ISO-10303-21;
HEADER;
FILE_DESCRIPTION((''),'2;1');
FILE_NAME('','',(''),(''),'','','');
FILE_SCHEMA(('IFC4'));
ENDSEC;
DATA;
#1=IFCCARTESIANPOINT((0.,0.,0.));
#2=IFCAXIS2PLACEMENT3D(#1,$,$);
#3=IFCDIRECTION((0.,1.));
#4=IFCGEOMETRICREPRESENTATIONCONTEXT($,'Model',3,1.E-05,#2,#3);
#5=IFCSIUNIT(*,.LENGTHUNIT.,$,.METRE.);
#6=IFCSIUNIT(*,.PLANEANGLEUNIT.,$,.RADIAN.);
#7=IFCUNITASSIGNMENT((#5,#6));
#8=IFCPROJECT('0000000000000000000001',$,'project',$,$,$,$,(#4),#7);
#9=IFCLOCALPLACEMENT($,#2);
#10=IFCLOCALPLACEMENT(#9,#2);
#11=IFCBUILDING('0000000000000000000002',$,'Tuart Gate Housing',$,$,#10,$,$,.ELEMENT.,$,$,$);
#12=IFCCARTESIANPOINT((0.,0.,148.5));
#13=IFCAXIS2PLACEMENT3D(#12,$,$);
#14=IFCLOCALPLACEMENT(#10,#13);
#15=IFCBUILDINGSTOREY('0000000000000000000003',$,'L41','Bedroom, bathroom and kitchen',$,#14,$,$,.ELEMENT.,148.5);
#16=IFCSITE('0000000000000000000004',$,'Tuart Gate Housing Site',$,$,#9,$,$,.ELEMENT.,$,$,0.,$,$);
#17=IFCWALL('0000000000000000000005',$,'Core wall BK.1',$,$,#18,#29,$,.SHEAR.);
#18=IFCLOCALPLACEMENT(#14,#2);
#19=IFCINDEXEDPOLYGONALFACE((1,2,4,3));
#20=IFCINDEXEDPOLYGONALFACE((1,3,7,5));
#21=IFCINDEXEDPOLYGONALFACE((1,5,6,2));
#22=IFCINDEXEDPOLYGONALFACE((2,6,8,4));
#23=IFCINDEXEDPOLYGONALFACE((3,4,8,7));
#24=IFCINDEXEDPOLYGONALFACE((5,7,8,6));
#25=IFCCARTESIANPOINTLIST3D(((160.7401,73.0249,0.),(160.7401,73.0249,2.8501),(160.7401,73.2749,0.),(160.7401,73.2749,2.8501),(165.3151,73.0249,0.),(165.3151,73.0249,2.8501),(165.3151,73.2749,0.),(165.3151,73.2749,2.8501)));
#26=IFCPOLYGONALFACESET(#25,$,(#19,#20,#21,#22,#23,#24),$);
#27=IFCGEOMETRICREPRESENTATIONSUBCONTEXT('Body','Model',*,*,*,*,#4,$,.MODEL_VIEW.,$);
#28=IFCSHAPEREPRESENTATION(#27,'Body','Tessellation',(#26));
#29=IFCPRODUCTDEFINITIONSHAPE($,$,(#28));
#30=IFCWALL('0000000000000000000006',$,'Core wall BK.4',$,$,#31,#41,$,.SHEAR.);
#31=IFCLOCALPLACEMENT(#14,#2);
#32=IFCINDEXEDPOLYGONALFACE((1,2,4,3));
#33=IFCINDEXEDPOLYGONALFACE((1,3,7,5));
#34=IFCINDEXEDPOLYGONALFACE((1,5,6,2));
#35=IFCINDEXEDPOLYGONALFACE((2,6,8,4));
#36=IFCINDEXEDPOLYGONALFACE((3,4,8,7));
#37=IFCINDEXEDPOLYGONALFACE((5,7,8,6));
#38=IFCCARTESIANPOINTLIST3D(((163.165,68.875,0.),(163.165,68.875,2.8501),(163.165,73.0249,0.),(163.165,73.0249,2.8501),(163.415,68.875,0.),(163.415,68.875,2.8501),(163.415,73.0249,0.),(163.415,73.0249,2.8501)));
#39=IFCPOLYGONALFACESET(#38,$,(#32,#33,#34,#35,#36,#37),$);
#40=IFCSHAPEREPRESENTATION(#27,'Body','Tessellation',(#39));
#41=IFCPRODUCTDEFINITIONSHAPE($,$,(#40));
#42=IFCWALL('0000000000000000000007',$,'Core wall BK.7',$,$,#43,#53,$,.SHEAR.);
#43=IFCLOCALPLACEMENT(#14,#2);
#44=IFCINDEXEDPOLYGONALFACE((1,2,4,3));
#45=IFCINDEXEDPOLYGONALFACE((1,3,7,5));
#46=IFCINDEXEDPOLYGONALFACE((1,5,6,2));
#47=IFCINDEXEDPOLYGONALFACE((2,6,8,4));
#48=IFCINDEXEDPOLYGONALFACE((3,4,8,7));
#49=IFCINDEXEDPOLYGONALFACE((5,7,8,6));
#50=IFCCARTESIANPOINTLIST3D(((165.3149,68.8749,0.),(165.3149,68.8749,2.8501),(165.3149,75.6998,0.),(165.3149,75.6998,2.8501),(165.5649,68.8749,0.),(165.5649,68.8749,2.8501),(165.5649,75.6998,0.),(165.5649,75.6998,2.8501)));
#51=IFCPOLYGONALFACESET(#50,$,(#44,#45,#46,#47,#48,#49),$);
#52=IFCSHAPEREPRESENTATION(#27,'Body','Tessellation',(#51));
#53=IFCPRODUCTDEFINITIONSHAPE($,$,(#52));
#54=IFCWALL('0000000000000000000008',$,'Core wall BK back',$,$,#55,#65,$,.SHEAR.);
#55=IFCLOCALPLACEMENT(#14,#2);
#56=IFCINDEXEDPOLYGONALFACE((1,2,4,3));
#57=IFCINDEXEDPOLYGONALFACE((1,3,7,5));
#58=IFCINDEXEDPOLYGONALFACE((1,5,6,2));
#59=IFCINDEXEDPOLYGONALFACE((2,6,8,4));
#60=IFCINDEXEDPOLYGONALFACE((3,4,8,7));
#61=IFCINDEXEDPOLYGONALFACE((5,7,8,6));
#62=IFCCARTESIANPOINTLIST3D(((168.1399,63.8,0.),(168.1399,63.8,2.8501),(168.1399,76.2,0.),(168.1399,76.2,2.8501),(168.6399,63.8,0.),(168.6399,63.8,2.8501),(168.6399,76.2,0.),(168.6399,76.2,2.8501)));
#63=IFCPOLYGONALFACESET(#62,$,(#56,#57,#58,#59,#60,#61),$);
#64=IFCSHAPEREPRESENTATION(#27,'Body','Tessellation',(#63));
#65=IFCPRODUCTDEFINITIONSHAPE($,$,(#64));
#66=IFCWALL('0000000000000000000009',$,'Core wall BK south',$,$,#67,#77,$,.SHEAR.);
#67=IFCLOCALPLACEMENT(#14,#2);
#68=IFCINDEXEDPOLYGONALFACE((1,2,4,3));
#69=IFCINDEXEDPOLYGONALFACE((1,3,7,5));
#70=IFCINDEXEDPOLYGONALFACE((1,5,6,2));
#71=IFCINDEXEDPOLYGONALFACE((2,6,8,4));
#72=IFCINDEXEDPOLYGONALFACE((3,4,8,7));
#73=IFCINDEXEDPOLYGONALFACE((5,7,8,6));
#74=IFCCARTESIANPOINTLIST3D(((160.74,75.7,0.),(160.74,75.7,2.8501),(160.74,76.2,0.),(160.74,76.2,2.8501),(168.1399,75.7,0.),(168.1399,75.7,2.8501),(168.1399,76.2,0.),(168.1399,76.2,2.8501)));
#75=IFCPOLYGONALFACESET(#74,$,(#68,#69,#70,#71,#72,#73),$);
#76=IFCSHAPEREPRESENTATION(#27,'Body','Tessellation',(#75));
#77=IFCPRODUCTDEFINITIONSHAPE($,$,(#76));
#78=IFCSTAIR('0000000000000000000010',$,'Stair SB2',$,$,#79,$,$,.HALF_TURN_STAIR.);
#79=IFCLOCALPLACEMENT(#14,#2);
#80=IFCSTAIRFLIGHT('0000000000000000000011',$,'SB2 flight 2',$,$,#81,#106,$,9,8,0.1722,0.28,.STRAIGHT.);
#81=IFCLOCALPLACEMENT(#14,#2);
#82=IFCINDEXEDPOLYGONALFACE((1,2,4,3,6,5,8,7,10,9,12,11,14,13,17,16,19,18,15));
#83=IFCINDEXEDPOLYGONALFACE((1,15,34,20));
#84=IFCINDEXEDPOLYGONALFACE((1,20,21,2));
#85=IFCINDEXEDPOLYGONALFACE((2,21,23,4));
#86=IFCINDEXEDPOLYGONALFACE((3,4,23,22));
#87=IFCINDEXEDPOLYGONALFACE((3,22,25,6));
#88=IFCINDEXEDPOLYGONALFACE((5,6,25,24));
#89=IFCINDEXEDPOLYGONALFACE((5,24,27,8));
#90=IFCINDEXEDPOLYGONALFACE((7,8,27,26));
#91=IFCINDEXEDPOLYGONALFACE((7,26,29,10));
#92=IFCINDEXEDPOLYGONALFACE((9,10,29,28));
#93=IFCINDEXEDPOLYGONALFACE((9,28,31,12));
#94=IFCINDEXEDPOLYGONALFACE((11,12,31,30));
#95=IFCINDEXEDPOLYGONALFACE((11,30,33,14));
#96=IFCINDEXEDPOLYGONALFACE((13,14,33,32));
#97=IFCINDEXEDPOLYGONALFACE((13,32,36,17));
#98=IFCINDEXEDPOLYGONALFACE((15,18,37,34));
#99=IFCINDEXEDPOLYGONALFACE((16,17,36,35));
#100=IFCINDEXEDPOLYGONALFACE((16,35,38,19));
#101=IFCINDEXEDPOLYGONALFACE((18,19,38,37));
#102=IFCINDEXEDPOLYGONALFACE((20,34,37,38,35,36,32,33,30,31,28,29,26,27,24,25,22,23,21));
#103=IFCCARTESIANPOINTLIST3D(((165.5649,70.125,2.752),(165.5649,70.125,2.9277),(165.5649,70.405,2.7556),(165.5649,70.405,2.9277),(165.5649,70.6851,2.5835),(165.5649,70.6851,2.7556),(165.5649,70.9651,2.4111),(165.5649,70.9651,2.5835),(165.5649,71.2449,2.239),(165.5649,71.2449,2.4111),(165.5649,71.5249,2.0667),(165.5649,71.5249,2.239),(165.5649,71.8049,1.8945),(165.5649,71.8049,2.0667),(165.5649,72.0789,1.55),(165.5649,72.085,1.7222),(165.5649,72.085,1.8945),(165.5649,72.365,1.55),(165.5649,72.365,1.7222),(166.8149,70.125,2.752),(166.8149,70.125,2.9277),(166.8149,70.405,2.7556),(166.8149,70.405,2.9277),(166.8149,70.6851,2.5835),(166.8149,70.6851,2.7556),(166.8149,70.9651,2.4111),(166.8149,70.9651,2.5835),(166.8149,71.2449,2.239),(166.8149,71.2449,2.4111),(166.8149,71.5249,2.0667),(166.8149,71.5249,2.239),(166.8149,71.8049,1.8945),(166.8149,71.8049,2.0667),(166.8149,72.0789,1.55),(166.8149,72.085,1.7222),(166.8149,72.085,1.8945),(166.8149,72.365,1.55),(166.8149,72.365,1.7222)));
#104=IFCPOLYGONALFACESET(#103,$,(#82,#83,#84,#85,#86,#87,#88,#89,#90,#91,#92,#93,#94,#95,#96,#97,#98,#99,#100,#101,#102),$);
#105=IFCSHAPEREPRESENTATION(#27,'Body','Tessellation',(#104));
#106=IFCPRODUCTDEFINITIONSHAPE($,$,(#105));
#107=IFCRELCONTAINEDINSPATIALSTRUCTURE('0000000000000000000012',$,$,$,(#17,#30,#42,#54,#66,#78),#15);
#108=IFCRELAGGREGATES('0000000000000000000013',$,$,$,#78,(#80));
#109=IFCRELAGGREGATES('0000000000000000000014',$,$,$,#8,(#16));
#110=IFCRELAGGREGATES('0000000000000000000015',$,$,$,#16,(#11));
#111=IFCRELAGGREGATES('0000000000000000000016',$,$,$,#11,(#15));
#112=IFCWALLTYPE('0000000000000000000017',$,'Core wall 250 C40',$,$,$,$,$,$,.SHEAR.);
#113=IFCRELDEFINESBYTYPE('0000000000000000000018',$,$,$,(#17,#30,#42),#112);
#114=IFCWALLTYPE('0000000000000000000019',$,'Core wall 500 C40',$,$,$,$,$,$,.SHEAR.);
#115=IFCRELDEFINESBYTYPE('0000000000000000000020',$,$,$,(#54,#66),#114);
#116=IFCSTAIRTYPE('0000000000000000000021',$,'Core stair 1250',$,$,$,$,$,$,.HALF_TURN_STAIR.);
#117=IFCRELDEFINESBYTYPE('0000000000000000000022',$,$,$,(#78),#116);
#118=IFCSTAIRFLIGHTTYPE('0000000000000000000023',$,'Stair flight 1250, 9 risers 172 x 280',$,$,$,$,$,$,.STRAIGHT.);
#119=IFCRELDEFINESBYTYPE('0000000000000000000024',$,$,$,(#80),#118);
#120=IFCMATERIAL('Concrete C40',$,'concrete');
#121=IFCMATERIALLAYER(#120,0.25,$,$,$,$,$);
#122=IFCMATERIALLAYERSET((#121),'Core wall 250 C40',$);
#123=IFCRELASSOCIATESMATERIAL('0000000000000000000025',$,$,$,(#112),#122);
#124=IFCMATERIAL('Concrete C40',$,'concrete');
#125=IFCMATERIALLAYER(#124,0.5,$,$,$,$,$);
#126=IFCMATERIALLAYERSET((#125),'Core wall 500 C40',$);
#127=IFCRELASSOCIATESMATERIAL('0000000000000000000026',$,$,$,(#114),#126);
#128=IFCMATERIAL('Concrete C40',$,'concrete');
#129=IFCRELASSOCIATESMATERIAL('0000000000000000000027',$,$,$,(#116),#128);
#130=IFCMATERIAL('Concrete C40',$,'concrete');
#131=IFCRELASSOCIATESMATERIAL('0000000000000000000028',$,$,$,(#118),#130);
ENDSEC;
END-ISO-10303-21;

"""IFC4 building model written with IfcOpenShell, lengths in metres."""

from ifc_helpers import new_model, si_unit, direction, frame, frame_2d, origin, place, context, subcontext, project, spatial, polyline, rectangle, outline, extrude, material, layer, layer_set, type_object, element, aggregate, save


model = new_model("IFC4")

# Units and contexts
model_context = context("Model", 3, precision=1e-05, world=origin(), true_north=direction((0.0, 1.0)))
body_context = subcontext(model_context, "Body", "Model", "MODEL_VIEW")
ifc_project = project(units=[si_unit("LENGTHUNIT", "METRE"), si_unit("PLANEANGLEUNIT", "RADIAN")], contexts=[model_context])

# Site, building, storey
site_placement = place(None, origin())
site = spatial("IfcSite", under=ifc_project, at=site_placement, Name="Tuart Gate Housing Site", CompositionType="ELEMENT", RefElevation=0.0)
building_placement = place(site_placement, origin())
building = spatial("IfcBuilding", under=site, at=building_placement, Name="Tuart Gate Housing", CompositionType="ELEMENT")
storey_placement = place(building_placement, frame((0.0, 0.0, 148.5)))
storey = spatial("IfcBuildingStorey", under=building, at=storey_placement, Name="L41", Description="Bedroom, bathroom and kitchen", CompositionType="ELEMENT", Elevation=148.5)

# Walls
ifc_material_1 = material(Name="Concrete C40", Category="concrete")
ifc_layer_1 = layer(ifc_material_1, 0.25)
ifc_layer_set_1 = layer_set([ifc_layer_1], Name="Core wall 250 C40")
wall_type_1 = type_object("IfcWallType", Name="Core wall 250 C40", PredefinedType="SHEAR", material=ifc_layer_set_1)
wall_1_placement = place(storey_placement, frame((160.74, 73.1499, 0.0), z_axis=(0.0, 0.0, 1.0), x_axis=(1.0, 0.0, 0.0)))
element("IfcWall", 1, at=wall_1_placement, inside=storey, type_object=wall_type_1, Name="Core wall BK.1", PredefinedType="SHEAR", context=body_context, shape_type="SweptSolid", body=[
    extrude(rectangle(XDim=4.575, YDim=0.25, at=frame_2d((2.2876, 0.0))), origin(), (0.0, 0.0, 1.0), 2.8501),
])
wall_2_placement = place(storey_placement, frame((163.29, 73.0249, 0.0), z_axis=(0.0, 0.0, 1.0), x_axis=(0.0, -1.0, 0.0)))
element("IfcWall", 2, at=wall_2_placement, inside=storey, type_object=wall_type_1, Name="Core wall BK.4", PredefinedType="SHEAR", context=body_context, shape_type="SweptSolid", body=[
    extrude(rectangle(XDim=4.1499, YDim=0.25, at=frame_2d((2.075, 0.0))), origin(), (0.0, 0.0, 1.0), 2.8501),
])
wall_3_placement = place(storey_placement, frame((165.4399, 75.7, 0.0), z_axis=(0.0, 0.0, 1.0), x_axis=(0.0, -1.0, 0.0)))
element("IfcWall", 3, at=wall_3_placement, inside=storey, type_object=wall_type_1, Name="Core wall BK.7", PredefinedType="SHEAR", context=body_context, shape_type="SweptSolid", body=[
    extrude(rectangle(XDim=6.825, YDim=0.25, at=frame_2d((3.4126, 0.0))), origin(), (0.0, 0.0, 1.0), 2.8501),
])
ifc_material_2 = material(Name="Concrete C40", Category="concrete")
ifc_layer_2 = layer(ifc_material_2, 0.5)
ifc_layer_set_2 = layer_set([ifc_layer_2], Name="Core wall 500 C40")
wall_type_2 = type_object("IfcWallType", Name="Core wall 500 C40", PredefinedType="SHEAR", material=ifc_layer_set_2)
wall_4_placement = place(storey_placement, frame((168.3899, 76.2, 0.0), z_axis=(0.0, 0.0, 1.0), x_axis=(0.0, -1.0, 0.0)))
element("IfcWall", 4, at=wall_4_placement, inside=storey, type_object=wall_type_2, Name="Core wall BK back", PredefinedType="SHEAR", context=body_context, shape_type="SweptSolid", body=[
    extrude(rectangle(XDim=12.3999, YDim=0.5, at=frame_2d((6.2, 0.0))), origin(), (0.0, 0.0, 1.0), 2.8501),
])
wall_5_placement = place(storey_placement, frame((160.74, 75.95, 0.0), z_axis=(0.0, 0.0, 1.0), x_axis=(1.0, 0.0, 0.0)))
element("IfcWall", 5, at=wall_5_placement, inside=storey, type_object=wall_type_2, Name="Core wall BK south", PredefinedType="SHEAR", context=body_context, shape_type="SweptSolid", body=[
    extrude(rectangle(XDim=7.3999, YDim=0.5, at=frame_2d((3.7, 0.0))), origin(), (0.0, 0.0, 1.0), 2.8501),
])

# Stair, stair flight
ifc_material_3 = material(Name="Concrete C40", Category="concrete")
stair_type = type_object("IfcStairType", Name="Core stair 1250", PredefinedType="HALF_TURN_STAIR", material=ifc_material_3)
stair_placement = place(storey_placement, origin())
stair = element("IfcStair", 6, at=stair_placement, inside=storey, type_object=stair_type, Name="Stair SB2", PredefinedType="HALF_TURN_STAIR")
ifc_material_4 = material(Name="Concrete C40", Category="concrete")
stair_flight_type = type_object("IfcStairFlightType", Name="Stair flight 1250, 9 risers 172 x 280", PredefinedType="STRAIGHT", material=ifc_material_4)
stair_flight_placement = place(storey_placement, frame((166.1899, 72.365, 1.55), z_axis=(0.0, 0.0, 1.0), x_axis=(0.0, -1.0, 0.0)))
stair_flight = element("IfcStairFlight", 7, at=stair_flight_placement, type_object=stair_flight_type, Name="SB2 flight 2", NumberOfRisers=9, NumberOfTreads=8, PredefinedType="STRAIGHT", RiserHeight=0.1722, TreadLength=0.28, context=body_context, shape_type="SweptSolid", body=[
    extrude(outline(polyline([(0.0, 0.0), (0.0, 0.1721), (0.28, 0.1721), (0.28, 0.3445), (0.5601, 0.3445), (0.5601, 0.5166), (0.8401, 0.5166), (0.8401, 0.689), (1.1201, 0.689), (1.1201, 0.8611), (1.3999, 0.8611), (1.3999, 1.0334), (1.6799, 1.0334), (1.6799, 1.2056), (1.96, 1.2056), (1.96, 1.3777), (2.24, 1.3777), (2.24, 1.55), (2.24, 1.2019), (0.2861, 0.0), (0.0, 0.0)])), frame((0.0, 0.625, 0.0), z_axis=(0.0, -1.0, 0.0), x_axis=(1.0, 0.0, 0.0)), (0.0, 0.0, 1.0), 1.25),
])
aggregate(stair, [stair_flight])

save(model, "model.ifc")
